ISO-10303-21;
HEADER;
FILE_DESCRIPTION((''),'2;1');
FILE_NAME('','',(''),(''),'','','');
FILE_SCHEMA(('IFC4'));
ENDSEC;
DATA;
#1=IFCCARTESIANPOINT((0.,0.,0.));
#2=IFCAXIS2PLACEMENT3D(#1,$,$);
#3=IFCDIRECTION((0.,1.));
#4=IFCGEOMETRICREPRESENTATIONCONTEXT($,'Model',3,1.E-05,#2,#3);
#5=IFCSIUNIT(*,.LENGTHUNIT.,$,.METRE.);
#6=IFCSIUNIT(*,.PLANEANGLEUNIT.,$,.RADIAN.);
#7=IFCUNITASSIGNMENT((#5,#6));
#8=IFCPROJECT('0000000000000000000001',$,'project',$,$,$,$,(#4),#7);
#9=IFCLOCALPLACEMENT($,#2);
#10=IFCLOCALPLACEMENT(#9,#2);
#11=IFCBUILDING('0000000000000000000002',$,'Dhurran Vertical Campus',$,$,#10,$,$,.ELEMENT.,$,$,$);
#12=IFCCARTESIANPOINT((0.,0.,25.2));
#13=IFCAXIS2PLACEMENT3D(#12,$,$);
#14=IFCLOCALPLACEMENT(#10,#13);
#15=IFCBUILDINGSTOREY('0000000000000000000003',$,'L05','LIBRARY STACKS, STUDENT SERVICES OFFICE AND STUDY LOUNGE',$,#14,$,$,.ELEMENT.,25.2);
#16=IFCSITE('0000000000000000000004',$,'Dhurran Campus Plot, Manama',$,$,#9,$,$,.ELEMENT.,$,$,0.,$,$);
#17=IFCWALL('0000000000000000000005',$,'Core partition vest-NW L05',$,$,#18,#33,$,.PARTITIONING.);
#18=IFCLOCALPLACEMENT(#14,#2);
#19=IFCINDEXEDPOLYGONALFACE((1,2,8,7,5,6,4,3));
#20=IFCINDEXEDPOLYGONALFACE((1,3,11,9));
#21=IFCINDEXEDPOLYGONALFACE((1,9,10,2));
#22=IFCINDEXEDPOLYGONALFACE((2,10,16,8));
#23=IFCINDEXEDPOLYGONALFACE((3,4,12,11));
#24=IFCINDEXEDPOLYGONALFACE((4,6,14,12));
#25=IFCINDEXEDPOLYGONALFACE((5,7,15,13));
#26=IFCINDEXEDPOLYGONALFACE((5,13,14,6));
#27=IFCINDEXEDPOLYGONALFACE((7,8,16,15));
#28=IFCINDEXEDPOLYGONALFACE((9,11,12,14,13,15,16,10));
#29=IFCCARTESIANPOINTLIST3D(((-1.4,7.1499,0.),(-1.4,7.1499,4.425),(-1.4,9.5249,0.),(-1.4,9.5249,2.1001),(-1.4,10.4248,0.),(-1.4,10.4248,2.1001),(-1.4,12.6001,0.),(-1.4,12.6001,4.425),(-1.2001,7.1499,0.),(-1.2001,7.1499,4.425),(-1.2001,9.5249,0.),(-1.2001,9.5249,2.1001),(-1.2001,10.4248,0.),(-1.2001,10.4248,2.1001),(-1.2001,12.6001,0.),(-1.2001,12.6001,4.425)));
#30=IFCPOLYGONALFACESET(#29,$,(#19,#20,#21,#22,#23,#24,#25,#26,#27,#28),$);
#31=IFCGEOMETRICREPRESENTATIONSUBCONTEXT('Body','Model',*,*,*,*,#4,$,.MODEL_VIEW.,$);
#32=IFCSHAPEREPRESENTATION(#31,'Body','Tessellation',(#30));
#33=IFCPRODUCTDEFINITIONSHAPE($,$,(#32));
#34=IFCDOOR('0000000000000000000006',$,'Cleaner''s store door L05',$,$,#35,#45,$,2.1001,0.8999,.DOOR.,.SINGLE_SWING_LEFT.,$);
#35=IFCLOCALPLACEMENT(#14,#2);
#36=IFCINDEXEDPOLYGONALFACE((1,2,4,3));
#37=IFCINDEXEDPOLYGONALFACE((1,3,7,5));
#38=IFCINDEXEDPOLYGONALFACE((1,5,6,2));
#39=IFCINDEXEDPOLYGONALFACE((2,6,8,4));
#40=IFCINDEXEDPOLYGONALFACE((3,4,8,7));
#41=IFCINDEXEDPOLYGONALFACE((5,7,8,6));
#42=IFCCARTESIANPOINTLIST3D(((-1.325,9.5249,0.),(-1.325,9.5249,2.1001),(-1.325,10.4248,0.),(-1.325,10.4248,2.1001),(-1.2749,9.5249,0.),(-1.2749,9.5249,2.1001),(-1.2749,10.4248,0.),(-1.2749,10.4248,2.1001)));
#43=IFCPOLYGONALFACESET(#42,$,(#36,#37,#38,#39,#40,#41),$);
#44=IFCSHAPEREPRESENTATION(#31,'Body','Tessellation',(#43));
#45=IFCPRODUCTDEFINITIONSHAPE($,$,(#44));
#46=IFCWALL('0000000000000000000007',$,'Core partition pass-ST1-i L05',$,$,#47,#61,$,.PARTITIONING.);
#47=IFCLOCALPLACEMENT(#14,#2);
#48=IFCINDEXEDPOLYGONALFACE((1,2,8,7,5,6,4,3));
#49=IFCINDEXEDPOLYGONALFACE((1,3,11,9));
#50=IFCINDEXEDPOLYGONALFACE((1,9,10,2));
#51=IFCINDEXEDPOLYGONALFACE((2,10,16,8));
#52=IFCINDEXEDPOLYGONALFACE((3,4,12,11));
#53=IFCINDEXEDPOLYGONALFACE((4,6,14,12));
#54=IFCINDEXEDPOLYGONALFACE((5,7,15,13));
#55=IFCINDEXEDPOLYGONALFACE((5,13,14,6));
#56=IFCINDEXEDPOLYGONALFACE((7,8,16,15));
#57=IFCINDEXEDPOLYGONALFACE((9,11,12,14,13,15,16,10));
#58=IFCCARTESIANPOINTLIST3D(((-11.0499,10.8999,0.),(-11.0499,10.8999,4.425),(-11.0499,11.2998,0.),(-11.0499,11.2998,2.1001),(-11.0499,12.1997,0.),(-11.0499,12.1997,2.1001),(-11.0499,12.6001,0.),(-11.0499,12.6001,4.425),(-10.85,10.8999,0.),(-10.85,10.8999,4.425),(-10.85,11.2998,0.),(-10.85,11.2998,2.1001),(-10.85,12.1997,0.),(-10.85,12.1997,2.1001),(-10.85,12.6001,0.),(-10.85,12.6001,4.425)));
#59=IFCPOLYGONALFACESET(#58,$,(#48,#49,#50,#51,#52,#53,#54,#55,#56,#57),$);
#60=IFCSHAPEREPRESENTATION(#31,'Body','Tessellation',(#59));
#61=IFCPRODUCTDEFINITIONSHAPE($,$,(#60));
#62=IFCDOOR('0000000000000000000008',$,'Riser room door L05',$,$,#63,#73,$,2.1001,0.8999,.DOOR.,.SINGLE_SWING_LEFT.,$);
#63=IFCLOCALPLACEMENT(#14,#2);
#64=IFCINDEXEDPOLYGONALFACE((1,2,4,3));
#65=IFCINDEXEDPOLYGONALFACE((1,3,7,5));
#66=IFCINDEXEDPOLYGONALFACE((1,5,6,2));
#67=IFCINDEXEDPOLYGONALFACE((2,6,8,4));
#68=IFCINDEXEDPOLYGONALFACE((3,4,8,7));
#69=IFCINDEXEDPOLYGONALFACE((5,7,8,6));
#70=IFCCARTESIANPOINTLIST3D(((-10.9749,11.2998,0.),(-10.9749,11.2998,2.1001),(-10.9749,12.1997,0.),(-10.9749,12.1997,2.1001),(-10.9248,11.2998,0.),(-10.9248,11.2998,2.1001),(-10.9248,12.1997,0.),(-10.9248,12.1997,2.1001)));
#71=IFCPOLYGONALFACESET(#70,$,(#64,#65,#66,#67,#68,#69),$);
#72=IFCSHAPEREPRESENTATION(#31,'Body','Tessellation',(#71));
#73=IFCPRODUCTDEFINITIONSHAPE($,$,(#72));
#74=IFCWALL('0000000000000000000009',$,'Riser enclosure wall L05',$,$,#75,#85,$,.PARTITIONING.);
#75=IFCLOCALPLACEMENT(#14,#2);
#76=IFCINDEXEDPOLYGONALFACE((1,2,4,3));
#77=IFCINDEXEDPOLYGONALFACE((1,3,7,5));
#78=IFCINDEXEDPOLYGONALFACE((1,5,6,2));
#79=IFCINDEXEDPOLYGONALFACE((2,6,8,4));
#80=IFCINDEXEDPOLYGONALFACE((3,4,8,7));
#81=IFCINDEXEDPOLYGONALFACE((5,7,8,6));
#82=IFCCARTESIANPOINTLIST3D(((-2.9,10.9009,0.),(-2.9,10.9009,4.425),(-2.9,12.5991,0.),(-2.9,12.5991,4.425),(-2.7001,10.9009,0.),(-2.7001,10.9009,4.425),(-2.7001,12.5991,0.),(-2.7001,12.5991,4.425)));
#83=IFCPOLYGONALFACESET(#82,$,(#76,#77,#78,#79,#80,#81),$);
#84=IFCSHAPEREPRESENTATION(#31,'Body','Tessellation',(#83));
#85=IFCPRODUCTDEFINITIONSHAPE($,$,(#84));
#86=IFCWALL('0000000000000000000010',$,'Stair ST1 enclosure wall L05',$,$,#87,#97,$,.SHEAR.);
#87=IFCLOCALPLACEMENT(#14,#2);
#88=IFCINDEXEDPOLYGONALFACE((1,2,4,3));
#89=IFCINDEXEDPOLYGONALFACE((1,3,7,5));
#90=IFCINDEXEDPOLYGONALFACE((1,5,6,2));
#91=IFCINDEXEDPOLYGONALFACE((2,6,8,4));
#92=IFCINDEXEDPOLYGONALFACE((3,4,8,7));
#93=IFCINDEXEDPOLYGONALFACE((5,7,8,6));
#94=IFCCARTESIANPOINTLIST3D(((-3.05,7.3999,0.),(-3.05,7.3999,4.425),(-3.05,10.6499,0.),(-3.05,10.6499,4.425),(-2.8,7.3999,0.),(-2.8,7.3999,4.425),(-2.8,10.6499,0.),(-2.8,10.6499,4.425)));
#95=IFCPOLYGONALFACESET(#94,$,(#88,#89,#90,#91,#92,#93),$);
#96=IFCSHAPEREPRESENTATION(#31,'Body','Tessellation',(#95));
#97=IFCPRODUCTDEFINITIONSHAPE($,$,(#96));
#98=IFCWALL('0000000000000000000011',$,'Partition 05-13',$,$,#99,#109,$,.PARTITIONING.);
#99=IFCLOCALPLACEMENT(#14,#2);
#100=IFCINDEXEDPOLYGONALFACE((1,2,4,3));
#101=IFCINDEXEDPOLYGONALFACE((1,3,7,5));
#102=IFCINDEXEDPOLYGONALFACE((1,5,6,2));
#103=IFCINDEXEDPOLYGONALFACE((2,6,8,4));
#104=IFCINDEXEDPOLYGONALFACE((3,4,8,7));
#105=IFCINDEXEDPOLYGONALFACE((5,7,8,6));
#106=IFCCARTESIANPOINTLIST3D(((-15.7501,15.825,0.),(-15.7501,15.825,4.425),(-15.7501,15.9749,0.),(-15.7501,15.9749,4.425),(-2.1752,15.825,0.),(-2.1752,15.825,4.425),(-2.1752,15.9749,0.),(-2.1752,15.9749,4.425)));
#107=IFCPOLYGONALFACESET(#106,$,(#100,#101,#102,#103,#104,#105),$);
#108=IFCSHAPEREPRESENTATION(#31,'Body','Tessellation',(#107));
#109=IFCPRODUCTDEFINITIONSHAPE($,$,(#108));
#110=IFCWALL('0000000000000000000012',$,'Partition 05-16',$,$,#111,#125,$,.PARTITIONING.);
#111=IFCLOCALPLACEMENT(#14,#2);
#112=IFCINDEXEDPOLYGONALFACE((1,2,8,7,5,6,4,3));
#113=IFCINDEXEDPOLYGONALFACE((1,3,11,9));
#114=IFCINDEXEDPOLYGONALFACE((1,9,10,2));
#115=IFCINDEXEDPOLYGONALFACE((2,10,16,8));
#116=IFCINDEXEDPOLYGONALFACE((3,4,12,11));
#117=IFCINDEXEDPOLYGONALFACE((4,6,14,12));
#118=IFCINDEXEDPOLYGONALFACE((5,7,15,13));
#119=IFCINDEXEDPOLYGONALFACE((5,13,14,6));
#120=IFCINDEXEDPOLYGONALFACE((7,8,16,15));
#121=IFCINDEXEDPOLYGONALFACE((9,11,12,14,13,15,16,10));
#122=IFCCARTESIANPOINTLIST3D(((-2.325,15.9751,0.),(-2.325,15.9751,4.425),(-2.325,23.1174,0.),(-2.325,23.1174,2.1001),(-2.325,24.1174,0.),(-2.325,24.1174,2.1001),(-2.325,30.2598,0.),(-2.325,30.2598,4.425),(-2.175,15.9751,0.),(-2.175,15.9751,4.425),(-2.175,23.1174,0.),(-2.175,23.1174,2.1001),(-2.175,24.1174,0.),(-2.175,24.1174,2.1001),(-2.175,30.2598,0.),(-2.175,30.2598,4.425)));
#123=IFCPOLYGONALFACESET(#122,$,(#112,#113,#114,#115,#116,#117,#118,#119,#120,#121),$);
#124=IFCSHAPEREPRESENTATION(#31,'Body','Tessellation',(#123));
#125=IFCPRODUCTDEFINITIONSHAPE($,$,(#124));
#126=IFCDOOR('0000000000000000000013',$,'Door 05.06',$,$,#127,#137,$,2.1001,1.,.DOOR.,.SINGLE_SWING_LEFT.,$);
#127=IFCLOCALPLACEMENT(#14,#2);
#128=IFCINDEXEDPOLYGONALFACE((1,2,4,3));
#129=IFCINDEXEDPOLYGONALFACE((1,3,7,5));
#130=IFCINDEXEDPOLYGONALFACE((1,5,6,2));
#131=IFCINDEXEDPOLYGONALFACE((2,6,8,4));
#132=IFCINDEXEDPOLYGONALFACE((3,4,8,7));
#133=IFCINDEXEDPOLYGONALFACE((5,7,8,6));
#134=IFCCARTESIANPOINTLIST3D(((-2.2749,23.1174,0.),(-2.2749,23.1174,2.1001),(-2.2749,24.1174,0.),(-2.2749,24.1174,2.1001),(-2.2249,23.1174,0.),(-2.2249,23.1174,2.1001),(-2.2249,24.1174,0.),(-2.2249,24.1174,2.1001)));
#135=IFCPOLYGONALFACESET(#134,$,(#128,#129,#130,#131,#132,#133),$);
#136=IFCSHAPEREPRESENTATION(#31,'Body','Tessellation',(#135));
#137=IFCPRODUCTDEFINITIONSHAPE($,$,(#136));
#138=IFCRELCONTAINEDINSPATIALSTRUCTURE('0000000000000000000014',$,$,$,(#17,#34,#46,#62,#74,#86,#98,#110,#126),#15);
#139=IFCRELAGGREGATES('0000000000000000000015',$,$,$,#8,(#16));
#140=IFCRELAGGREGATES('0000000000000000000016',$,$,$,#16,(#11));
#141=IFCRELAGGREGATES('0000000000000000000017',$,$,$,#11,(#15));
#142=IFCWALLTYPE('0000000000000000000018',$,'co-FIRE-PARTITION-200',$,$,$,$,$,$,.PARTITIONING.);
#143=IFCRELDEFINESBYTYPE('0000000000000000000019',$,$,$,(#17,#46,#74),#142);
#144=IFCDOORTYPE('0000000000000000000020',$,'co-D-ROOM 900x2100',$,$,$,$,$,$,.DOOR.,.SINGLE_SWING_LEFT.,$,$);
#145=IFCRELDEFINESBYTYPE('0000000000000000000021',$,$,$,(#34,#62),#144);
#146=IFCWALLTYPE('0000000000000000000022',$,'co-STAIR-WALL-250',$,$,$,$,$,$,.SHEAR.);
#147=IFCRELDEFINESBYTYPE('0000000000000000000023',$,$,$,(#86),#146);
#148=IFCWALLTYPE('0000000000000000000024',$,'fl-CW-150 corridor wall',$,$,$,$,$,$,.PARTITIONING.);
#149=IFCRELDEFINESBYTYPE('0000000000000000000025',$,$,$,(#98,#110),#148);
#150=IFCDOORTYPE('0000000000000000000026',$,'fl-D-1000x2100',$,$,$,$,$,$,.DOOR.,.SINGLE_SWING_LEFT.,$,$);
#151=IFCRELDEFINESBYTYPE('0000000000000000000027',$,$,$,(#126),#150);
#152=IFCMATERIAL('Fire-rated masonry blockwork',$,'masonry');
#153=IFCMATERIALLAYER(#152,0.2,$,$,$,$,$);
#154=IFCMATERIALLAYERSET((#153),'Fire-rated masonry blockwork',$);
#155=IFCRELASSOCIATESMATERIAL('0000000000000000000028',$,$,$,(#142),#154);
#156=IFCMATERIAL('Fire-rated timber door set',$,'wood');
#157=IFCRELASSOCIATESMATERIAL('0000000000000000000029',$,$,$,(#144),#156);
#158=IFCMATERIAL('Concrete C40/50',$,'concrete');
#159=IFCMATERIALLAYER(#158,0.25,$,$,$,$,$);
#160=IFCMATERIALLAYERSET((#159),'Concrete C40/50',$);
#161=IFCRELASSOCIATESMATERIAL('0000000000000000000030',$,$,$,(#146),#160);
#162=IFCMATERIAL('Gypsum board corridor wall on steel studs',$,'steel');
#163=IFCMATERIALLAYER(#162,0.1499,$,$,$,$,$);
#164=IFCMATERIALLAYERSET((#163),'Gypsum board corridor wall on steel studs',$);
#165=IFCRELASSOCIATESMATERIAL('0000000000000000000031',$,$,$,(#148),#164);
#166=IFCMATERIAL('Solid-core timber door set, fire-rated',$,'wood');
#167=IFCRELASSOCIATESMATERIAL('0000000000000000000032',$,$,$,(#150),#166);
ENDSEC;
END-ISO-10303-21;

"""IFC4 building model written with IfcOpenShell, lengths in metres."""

from ifc_helpers import new_model, si_unit, direction, frame, frame_2d, origin, place, context, subcontext, project, spatial, rectangle, extrude, material, layer, layer_set, type_object, element, fill, save


model = new_model("IFC4")

# Units and contexts
model_context = context("Model", 3, precision=1e-05, world=origin(), true_north=direction((0.0, 1.0)))
body_context = subcontext(model_context, "Body", "Model", "MODEL_VIEW")
ifc_project = project(units=[si_unit("LENGTHUNIT", "METRE"), si_unit("PLANEANGLEUNIT", "RADIAN")], contexts=[model_context])

# Site, building, storey
site_placement = place(None, origin())
site = spatial("IfcSite", under=ifc_project, at=site_placement, Name="Dhurran Campus Plot, Manama", CompositionType="ELEMENT", RefElevation=0.0)
building_placement = place(site_placement, origin())
building = spatial("IfcBuilding", under=site, at=building_placement, Name="Dhurran Vertical Campus", CompositionType="ELEMENT")
storey_placement = place(building_placement, frame((0.0, 0.0, 25.2)))
storey = spatial("IfcBuildingStorey", under=building, at=storey_placement, Name="L05", Description="LIBRARY STACKS, STUDENT SERVICES OFFICE AND STUDY LOUNGE", CompositionType="ELEMENT", Elevation=25.2)

# Shared definitions
ifc_material_1 = material(Name="Fire-rated masonry blockwork", Category="masonry")
ifc_layer_1 = layer(ifc_material_1, 0.2)
ifc_layer_set_1 = layer_set([ifc_layer_1], Name="Fire-rated masonry blockwork")
wall_type_1 = type_object("IfcWallType", Name="co-FIRE-PARTITION-200", PredefinedType="PARTITIONING", material=ifc_layer_set_1)

# Walls, openings, doors
wall_1_placement = place(storey_placement, frame((-1.3, 7.1499, 0.0), z_axis=(0.0, 0.0, 1.0), x_axis=(0.0, 1.0, 0.0)))
wall_1 = element("IfcWall", 1, at=wall_1_placement, inside=storey, type_object=wall_type_1, Name="Core partition vest-NW L05", PredefinedType="PARTITIONING", context=body_context, shape_type="SweptSolid", body=[
    extrude(rectangle(XDim=5.4502, YDim=0.2, at=frame_2d((2.7251, 0.0))), origin(), (0.0, 0.0, 1.0), 4.425),
])
opening_1_placement = place(wall_1_placement, frame((2.375, 0.0, 0.0)))
opening_1 = element("IfcOpeningElement", 2, at=opening_1_placement, cuts=wall_1, PredefinedType="OPENING", context=body_context, shape_type="SweptSolid", body=[
    extrude(rectangle(XDim=0.8999, YDim=2.1001, at=frame_2d((0.45, 1.05))), frame((0.0, 0.1099, 0.0), z_axis=(0.0, -1.0, 0.0), x_axis=(1.0, 0.0, 0.0)), (0.0, 0.0, 1.0), 0.22),
])
ifc_material_2 = material(Name="Fire-rated timber door set", Category="wood")
door_type_1 = type_object("IfcDoorType", Name="co-D-ROOM 900x2100", OperationType="SINGLE_SWING_LEFT", PredefinedType="DOOR", material=ifc_material_2)
door_1_placement = place(opening_1_placement, origin())
door_1 = element("IfcDoor", 3, at=door_1_placement, inside=storey, type_object=door_type_1, Name="Cleaner's store door L05", OperationType="SINGLE_SWING_LEFT", OverallHeight=2.1001, OverallWidth=0.8999, PredefinedType="DOOR", context=body_context, shape_type="SweptSolid", body=[
    extrude(rectangle(XDim=0.8999, YDim=2.1001, at=frame_2d((0.45, 1.05))), frame((0.0, 0.0249, 0.0), z_axis=(0.0, -1.0, 0.0), x_axis=(1.0, 0.0, 0.0)), (0.0, 0.0, 1.0), 0.05),
])
fill(opening_1, door_1)
wall_2_placement = place(storey_placement, frame((-10.95, 10.8999, 0.0), z_axis=(0.0, 0.0, 1.0), x_axis=(0.0, 1.0, 0.0)))
wall_2 = element("IfcWall", 4, at=wall_2_placement, inside=storey, type_object=wall_type_1, Name="Core partition pass-ST1-i L05", PredefinedType="PARTITIONING", context=body_context, shape_type="SweptSolid", body=[
    extrude(rectangle(XDim=1.7002, YDim=0.2, at=frame_2d((0.8501, 0.0))), origin(), (0.0, 0.0, 1.0), 4.425),
])
opening_2_placement = place(wall_2_placement, frame((0.3999, 0.0, 0.0)))
opening_2 = element("IfcOpeningElement", 5, at=opening_2_placement, cuts=wall_2, PredefinedType="OPENING", context=body_context, shape_type="SweptSolid", body=[
    extrude(rectangle(XDim=0.8999, YDim=2.1001, at=frame_2d((0.45, 1.05))), frame((0.0, 0.1099, 0.0), z_axis=(0.0, -1.0, 0.0), x_axis=(1.0, 0.0, 0.0)), (0.0, 0.0, 1.0), 0.22),
])
door_2_placement = place(opening_2_placement, origin())
door_2 = element("IfcDoor", 6, at=door_2_placement, inside=storey, type_object=door_type_1, Name="Riser room door L05", OperationType="SINGLE_SWING_LEFT", OverallHeight=2.1001, OverallWidth=0.8999, PredefinedType="DOOR", context=body_context, shape_type="SweptSolid", body=[
    extrude(rectangle(XDim=0.8999, YDim=2.1001, at=frame_2d((0.45, 1.05))), frame((0.0, 0.0249, 0.0), z_axis=(0.0, -1.0, 0.0), x_axis=(1.0, 0.0, 0.0)), (0.0, 0.0, 1.0), 0.05),
])
fill(opening_2, door_2)

# Walls
wall_3_placement = place(storey_placement, frame((-2.8, 10.9009, 0.0), z_axis=(0.0, 0.0, 1.0), x_axis=(0.0, 1.0, 0.0)))
element("IfcWall", 7, at=wall_3_placement, inside=storey, type_object=wall_type_1, Name="Riser enclosure wall L05", PredefinedType="PARTITIONING", context=body_context, shape_type="SweptSolid", body=[
    extrude(rectangle(XDim=1.6982, YDim=0.2, at=frame_2d((0.8491, 0.0))), origin(), (0.0, 0.0, 1.0), 4.425),
])
ifc_material_3 = material(Name="Concrete C40/50", Category="concrete")
ifc_layer_2 = layer(ifc_material_3, 0.25)
ifc_layer_set_2 = layer_set([ifc_layer_2], Name="Concrete C40/50")
wall_type_2 = type_object("IfcWallType", Name="co-STAIR-WALL-250", PredefinedType="SHEAR", material=ifc_layer_set_2)
wall_4_placement = place(storey_placement, frame((-2.925, 7.3999, 0.0), z_axis=(0.0, 0.0, 1.0), x_axis=(0.0, 1.0, 0.0)))
element("IfcWall", 8, at=wall_4_placement, inside=storey, type_object=wall_type_2, Name="Stair ST1 enclosure wall L05", PredefinedType="SHEAR", context=body_context, shape_type="SweptSolid", body=[
    extrude(rectangle(XDim=3.25, YDim=0.25, at=frame_2d((1.625, 0.0))), origin(), (0.0, 0.0, 1.0), 4.425),
])
ifc_material_4 = material(Name="Gypsum board corridor wall on steel studs", Category="steel")
ifc_layer_3 = layer(ifc_material_4, 0.1499)
ifc_layer_set_3 = layer_set([ifc_layer_3], Name="Gypsum board corridor wall on steel studs")
wall_type_3 = type_object("IfcWallType", Name="fl-CW-150 corridor wall", PredefinedType="PARTITIONING", material=ifc_layer_set_3)
wall_5_placement = place(storey_placement, frame((-2.175, 15.8999, 0.0), z_axis=(0.0, 0.0, 1.0), x_axis=(-1.0, 0.0, 0.0)))
element("IfcWall", 9, at=wall_5_placement, inside=storey, type_object=wall_type_3, Name="Partition 05-13", PredefinedType="PARTITIONING", context=body_context, shape_type="SweptSolid", body=[
    extrude(rectangle(XDim=13.575, YDim=0.1499, at=frame_2d((6.7876, 0.0))), origin(), (0.0, 0.0, 1.0), 4.425),
])

# Wall, opening, door
wall_6_placement = place(storey_placement, frame((-2.25, 15.9751, 0.0), z_axis=(0.0, 0.0, 1.0), x_axis=(0.0, 1.0, 0.0)))
wall_6 = element("IfcWall", 10, at=wall_6_placement, inside=storey, type_object=wall_type_3, Name="Partition 05-16", PredefinedType="PARTITIONING", context=body_context, shape_type="SweptSolid", body=[
    extrude(rectangle(XDim=14.2847, YDim=0.1499, at=frame_2d((7.1423, 0.0))), origin(), (0.0, 0.0, 1.0), 4.425),
])
opening_3_placement = place(wall_6_placement, frame((7.1423, 0.0, 0.0)))
opening_3 = element("IfcOpeningElement", 11, at=opening_3_placement, cuts=wall_6, PredefinedType="OPENING", context=body_context, shape_type="SweptSolid", body=[
    extrude(rectangle(XDim=1.0, YDim=2.1001, at=frame_2d((0.5, 1.05))), frame((0.0, 0.085, 0.0), z_axis=(0.0, -1.0, 0.0), x_axis=(1.0, 0.0, 0.0)), (0.0, 0.0, 1.0), 0.1699),
])
ifc_material_5 = material(Name="Solid-core timber door set, fire-rated", Category="wood")
door_type_2 = type_object("IfcDoorType", Name="fl-D-1000x2100", OperationType="SINGLE_SWING_LEFT", PredefinedType="DOOR", material=ifc_material_5)
door_3_placement = place(opening_3_placement, origin())
door_3 = element("IfcDoor", 12, at=door_3_placement, inside=storey, type_object=door_type_2, Name="Door 05.06", OperationType="SINGLE_SWING_LEFT", OverallHeight=2.1001, OverallWidth=1.0, PredefinedType="DOOR", context=body_context, shape_type="SweptSolid", body=[
    extrude(rectangle(XDim=1.0, YDim=2.1001, at=frame_2d((0.5, 1.05))), frame((0.0, 0.0249, 0.0), z_axis=(0.0, -1.0, 0.0), x_axis=(1.0, 0.0, 0.0)), (0.0, 0.0, 1.0), 0.05),
])
fill(opening_3, door_3)

save(model, "model.ifc")
